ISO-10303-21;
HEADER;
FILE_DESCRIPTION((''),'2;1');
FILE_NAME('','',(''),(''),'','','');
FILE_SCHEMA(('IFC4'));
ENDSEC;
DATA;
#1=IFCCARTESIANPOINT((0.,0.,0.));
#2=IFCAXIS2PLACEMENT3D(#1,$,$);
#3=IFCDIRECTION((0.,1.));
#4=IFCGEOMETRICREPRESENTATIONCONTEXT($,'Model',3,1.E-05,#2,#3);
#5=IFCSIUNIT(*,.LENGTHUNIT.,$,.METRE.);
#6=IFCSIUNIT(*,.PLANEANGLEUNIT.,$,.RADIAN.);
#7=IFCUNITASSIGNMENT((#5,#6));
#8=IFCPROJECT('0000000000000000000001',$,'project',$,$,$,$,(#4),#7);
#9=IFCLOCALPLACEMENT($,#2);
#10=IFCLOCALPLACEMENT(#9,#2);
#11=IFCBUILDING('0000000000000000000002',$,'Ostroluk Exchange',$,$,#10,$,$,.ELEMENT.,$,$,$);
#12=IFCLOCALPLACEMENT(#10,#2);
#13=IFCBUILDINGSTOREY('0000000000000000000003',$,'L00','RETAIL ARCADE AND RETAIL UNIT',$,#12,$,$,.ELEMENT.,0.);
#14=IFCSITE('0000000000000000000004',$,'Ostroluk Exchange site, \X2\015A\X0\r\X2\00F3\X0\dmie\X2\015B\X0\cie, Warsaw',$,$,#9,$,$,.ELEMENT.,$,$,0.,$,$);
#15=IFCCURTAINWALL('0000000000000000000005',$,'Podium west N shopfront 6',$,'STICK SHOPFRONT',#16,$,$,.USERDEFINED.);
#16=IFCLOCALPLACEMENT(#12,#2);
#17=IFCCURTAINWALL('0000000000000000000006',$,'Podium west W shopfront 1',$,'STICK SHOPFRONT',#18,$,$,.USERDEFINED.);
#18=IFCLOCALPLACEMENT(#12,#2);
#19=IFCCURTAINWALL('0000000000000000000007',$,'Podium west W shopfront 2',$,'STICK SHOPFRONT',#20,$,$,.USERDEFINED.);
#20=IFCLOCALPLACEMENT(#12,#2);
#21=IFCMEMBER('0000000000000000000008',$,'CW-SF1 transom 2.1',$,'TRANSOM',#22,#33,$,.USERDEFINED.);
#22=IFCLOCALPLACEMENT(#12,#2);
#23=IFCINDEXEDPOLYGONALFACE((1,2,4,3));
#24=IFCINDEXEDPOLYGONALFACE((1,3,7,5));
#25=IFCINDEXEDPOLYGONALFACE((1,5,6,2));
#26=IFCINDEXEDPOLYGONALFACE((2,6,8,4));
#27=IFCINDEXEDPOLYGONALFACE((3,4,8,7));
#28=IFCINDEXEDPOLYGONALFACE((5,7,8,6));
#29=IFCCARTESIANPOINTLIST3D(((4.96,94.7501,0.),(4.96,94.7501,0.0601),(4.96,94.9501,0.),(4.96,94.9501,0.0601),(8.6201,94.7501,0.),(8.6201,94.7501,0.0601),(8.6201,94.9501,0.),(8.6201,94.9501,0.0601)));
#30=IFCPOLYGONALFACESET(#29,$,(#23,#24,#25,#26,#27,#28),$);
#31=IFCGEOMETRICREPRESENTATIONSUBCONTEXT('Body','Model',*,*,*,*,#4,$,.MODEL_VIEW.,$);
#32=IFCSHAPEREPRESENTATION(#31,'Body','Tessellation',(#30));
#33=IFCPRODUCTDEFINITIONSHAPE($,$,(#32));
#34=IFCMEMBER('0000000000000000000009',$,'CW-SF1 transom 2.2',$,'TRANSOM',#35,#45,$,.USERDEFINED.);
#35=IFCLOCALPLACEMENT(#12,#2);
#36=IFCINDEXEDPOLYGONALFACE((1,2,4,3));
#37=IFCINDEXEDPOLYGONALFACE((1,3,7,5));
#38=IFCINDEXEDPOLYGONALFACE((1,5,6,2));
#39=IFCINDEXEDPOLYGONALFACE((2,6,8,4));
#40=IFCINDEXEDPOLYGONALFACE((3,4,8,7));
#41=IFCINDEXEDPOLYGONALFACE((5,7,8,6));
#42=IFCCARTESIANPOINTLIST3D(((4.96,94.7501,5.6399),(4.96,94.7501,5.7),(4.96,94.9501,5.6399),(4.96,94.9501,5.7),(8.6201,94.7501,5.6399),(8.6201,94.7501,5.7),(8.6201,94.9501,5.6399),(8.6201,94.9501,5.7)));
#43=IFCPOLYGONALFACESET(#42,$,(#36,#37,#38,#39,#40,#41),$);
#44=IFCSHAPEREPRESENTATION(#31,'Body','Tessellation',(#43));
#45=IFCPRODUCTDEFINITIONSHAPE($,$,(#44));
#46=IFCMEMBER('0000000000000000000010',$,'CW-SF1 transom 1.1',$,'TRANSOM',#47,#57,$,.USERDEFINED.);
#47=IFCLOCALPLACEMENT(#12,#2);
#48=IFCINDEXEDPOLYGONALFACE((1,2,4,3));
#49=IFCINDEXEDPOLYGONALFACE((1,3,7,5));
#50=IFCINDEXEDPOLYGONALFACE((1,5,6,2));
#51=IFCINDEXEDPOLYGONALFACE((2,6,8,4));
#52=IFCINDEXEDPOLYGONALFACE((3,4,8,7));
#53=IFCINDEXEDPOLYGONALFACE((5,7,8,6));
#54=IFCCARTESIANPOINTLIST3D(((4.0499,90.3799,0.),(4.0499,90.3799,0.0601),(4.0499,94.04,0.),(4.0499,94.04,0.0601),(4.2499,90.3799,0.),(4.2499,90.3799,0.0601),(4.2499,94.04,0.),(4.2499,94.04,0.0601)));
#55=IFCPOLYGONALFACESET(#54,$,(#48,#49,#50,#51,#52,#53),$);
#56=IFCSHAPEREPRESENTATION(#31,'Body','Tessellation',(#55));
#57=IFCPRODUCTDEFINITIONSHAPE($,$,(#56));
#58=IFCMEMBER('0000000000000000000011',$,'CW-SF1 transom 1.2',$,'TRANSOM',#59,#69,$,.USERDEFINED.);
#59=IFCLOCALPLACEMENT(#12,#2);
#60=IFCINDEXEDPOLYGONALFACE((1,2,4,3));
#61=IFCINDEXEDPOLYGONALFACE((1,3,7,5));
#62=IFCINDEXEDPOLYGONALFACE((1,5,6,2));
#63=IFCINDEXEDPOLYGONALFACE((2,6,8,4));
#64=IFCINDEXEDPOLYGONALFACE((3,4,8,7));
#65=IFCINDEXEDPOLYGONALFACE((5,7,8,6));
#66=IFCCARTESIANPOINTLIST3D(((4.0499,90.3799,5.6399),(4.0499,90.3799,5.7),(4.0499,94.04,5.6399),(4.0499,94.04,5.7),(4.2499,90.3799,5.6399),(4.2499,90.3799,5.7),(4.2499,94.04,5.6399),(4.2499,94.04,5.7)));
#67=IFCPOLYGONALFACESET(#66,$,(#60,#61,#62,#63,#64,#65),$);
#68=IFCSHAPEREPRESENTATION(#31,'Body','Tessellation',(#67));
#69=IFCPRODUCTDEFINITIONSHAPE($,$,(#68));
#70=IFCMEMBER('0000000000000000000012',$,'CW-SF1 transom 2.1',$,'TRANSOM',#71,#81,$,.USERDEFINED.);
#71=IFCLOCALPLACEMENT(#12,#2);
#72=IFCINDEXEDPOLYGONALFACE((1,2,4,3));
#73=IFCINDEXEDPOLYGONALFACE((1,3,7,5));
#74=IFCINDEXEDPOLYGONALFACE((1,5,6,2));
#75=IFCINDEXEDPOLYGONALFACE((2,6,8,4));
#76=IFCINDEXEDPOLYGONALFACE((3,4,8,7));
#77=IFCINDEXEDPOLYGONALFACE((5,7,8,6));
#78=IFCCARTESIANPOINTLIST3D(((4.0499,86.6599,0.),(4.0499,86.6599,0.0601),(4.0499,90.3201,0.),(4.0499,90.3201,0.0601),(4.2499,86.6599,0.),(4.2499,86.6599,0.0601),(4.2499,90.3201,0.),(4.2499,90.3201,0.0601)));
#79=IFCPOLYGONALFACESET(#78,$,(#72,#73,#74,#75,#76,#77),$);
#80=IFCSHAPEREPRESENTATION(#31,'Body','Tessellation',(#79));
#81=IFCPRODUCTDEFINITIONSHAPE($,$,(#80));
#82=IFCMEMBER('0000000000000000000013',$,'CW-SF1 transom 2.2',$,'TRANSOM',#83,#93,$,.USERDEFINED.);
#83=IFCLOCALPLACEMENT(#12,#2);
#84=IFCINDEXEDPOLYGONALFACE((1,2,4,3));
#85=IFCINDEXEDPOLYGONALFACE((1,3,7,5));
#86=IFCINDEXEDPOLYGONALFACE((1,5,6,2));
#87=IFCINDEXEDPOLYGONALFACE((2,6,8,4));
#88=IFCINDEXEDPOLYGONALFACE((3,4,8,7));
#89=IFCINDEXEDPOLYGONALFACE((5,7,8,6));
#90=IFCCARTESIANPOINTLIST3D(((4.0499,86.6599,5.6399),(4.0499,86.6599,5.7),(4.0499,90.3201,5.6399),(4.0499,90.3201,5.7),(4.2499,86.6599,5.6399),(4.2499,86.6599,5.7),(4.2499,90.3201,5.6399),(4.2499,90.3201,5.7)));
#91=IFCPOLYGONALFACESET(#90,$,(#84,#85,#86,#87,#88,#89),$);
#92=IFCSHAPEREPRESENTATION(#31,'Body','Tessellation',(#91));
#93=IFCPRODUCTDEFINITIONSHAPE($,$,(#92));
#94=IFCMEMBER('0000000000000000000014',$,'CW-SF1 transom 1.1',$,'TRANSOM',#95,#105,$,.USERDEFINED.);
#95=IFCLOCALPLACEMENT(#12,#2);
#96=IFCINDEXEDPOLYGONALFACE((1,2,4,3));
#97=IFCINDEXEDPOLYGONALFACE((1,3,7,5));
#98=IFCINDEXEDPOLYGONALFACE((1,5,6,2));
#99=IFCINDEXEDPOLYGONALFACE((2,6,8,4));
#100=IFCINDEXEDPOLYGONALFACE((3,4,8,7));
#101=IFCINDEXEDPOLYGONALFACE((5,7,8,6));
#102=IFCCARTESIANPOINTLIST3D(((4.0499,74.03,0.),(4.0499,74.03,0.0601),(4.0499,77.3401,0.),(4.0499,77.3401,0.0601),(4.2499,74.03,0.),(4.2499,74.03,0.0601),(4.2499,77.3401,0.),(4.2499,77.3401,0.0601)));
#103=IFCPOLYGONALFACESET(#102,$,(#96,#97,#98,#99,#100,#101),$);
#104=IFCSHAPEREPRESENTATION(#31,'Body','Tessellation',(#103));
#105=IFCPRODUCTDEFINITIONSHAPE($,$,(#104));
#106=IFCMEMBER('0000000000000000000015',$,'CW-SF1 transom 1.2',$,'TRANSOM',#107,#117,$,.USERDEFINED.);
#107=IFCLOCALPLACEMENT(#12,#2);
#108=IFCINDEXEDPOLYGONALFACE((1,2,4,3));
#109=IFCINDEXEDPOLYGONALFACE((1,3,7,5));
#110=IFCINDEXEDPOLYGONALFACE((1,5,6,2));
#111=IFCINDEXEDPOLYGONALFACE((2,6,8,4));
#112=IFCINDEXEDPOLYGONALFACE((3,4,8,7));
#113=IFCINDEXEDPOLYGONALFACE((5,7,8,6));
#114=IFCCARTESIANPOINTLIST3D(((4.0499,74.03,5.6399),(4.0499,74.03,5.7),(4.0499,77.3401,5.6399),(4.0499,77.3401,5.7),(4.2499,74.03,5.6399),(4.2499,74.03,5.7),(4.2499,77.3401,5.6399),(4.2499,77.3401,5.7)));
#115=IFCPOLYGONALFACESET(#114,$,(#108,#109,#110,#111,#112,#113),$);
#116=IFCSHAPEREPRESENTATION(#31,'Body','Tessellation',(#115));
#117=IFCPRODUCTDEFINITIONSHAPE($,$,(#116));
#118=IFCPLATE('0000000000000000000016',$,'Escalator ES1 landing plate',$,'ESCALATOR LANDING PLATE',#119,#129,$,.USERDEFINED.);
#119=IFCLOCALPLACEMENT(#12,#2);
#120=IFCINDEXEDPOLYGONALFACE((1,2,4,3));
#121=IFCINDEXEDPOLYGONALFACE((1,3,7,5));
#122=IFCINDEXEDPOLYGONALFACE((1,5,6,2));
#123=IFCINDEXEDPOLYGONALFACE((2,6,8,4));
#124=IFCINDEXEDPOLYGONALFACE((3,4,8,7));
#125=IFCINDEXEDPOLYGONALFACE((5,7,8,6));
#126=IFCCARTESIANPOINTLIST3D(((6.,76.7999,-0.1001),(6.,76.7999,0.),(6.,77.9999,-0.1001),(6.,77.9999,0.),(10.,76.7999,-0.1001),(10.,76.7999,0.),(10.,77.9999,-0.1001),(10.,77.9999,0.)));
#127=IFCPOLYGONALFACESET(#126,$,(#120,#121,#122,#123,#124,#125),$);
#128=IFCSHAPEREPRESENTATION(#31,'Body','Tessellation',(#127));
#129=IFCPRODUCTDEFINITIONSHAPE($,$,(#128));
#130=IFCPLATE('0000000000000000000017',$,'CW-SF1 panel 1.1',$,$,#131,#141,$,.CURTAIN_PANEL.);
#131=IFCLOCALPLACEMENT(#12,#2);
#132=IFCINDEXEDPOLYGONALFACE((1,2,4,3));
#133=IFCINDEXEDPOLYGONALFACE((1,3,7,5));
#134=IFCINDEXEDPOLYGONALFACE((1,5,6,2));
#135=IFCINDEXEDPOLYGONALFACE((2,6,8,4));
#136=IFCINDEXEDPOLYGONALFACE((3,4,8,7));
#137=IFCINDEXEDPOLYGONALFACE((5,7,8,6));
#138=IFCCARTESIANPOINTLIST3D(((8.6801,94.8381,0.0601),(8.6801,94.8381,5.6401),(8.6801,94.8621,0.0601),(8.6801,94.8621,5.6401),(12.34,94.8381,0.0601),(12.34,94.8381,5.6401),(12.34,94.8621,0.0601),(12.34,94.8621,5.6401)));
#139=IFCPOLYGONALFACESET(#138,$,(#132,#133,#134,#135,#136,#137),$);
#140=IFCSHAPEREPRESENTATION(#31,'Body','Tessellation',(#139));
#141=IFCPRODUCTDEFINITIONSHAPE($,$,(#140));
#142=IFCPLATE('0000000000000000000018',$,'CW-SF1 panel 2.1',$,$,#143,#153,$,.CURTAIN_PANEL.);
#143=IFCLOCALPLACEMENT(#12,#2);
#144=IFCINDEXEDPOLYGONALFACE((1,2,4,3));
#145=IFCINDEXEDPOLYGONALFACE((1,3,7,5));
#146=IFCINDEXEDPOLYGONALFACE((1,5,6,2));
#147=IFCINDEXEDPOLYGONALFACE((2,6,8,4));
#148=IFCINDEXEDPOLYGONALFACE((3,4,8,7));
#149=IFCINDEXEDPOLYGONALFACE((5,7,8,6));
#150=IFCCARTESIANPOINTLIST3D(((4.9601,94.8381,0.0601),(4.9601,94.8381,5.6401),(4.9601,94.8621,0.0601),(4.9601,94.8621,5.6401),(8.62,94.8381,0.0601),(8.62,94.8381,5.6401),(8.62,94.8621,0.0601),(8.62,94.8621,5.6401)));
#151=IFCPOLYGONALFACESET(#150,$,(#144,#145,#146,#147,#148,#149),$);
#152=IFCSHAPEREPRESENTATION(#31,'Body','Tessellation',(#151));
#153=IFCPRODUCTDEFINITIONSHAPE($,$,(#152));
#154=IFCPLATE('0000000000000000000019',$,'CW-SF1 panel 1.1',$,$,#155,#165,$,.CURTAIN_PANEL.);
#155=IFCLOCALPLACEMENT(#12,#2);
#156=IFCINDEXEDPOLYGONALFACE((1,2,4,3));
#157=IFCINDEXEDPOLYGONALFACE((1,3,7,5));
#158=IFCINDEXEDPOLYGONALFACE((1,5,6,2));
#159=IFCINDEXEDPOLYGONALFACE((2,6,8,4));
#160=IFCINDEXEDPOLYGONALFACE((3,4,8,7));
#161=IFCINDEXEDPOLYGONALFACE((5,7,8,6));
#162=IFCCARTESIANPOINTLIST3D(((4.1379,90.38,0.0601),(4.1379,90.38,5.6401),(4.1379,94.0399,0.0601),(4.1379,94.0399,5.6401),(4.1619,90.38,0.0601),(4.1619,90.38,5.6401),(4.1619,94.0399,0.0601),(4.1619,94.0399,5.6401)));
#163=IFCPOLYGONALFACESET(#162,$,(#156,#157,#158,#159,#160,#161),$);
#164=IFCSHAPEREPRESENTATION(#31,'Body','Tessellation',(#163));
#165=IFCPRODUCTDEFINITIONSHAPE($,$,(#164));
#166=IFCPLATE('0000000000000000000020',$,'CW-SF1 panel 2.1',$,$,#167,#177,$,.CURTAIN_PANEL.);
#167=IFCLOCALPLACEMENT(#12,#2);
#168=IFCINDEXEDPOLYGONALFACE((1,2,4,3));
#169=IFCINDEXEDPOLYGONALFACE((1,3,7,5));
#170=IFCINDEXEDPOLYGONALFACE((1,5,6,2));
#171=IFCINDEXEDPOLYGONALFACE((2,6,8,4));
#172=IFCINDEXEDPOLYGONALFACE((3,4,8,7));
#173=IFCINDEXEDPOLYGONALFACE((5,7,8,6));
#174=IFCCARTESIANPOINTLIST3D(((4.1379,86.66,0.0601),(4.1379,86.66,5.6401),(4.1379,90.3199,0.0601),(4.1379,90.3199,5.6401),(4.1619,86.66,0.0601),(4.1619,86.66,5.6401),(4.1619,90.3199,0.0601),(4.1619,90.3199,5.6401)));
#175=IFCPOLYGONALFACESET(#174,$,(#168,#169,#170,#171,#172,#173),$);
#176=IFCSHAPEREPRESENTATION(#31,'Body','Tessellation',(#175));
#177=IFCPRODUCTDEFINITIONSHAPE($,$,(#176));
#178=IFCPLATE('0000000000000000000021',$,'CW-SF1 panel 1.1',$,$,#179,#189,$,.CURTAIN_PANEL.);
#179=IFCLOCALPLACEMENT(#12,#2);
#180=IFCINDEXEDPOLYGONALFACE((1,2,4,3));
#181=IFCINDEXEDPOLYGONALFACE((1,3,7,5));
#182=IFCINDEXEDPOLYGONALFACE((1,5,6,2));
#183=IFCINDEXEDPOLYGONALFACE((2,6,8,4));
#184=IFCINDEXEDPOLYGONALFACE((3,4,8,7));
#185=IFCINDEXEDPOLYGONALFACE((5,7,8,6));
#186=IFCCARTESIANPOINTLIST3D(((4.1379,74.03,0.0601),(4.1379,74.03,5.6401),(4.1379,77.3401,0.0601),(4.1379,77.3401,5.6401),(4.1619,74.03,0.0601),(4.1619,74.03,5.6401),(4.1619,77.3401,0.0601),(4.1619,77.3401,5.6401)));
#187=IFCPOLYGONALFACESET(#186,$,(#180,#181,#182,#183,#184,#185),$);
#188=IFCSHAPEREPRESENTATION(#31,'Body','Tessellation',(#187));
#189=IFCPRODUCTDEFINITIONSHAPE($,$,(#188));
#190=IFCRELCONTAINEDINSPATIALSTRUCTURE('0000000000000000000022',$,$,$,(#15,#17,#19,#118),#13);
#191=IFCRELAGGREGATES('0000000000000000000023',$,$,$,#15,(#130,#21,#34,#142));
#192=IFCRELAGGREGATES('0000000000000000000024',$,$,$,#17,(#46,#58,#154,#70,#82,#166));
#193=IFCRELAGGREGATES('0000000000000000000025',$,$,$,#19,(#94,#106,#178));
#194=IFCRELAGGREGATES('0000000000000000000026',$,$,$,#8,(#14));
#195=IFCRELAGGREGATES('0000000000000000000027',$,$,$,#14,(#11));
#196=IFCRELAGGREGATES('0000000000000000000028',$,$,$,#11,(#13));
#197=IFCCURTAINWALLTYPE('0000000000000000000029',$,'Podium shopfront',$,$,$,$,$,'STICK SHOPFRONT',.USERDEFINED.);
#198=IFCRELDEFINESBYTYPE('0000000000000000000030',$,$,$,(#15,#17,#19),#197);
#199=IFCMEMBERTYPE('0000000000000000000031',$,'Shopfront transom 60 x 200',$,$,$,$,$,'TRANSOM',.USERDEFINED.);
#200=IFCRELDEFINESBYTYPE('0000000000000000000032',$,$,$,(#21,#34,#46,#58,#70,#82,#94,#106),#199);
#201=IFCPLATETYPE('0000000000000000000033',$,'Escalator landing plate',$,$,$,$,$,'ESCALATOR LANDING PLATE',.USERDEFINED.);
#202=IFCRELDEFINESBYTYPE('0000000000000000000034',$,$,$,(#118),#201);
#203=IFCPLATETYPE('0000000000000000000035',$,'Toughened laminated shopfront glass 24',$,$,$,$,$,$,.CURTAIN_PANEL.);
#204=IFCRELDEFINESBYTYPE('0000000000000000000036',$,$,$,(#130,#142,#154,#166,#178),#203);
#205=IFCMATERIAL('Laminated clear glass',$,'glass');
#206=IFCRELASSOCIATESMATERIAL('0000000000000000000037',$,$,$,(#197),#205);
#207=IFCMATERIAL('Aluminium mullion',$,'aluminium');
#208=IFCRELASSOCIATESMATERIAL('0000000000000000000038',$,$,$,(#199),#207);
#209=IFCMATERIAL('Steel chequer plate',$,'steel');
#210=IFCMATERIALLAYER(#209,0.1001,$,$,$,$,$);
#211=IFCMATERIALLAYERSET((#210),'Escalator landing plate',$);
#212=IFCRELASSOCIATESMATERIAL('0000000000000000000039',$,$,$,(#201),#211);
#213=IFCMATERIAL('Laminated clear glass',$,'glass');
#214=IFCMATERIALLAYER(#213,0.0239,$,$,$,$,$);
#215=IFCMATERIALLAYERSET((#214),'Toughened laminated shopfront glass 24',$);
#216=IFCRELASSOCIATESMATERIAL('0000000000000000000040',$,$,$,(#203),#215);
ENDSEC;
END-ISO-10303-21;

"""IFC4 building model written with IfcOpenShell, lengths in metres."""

from ifc_helpers import new_model, si_unit, direction, frame, origin, origin_2d, place, context, subcontext, project, spatial, rectangle, extrude, material, layer, layer_set, material_profile, profile_set, type_object, element, aggregate, save


model = new_model("IFC4")

# Units and contexts
model_context = context("Model", 3, precision=1e-05, world=origin(), true_north=direction((0.0, 1.0)))
body_context = subcontext(model_context, "Body", "Model", "MODEL_VIEW")
ifc_project = project(units=[si_unit("LENGTHUNIT", "METRE"), si_unit("PLANEANGLEUNIT", "RADIAN")], contexts=[model_context])

# Site, building, storey
site_placement = place(None, origin())
site = spatial("IfcSite", under=ifc_project, at=site_placement, Name="Ostroluk Exchange site, Śródmieście, Warsaw", CompositionType="ELEMENT", RefElevation=0.0)
building_placement = place(site_placement, origin())
building = spatial("IfcBuilding", under=site, at=building_placement, Name="Ostroluk Exchange", CompositionType="ELEMENT")
storey_placement = place(building_placement, origin())
storey = spatial("IfcBuildingStorey", under=building, at=storey_placement, Name="L00", Description="RETAIL ARCADE AND RETAIL UNIT", CompositionType="ELEMENT", Elevation=0.0)

# Curtain walls
ifc_material_1 = material(Name="Laminated clear glass", Category="glass")
curtain_wall_type = type_object("IfcCurtainWallType", Name="Podium shopfront", ElementType="STICK SHOPFRONT", PredefinedType="USERDEFINED", material=ifc_material_1)
curtain_wall_1_placement = place(storey_placement, origin())
curtain_wall_1 = element("IfcCurtainWall", 1, at=curtain_wall_1_placement, inside=storey, type_object=curtain_wall_type, Name="Podium west N shopfront 6", ObjectType="STICK SHOPFRONT", PredefinedType="USERDEFINED")
curtain_wall_2_placement = place(storey_placement, origin())
curtain_wall_2 = element("IfcCurtainWall", 2, at=curtain_wall_2_placement, inside=storey, type_object=curtain_wall_type, Name="Podium west W shopfront 1", ObjectType="STICK SHOPFRONT", PredefinedType="USERDEFINED")
curtain_wall_3_placement = place(storey_placement, origin())
curtain_wall_3 = element("IfcCurtainWall", 3, at=curtain_wall_3_placement, inside=storey, type_object=curtain_wall_type, Name="Podium west W shopfront 2", ObjectType="STICK SHOPFRONT", PredefinedType="USERDEFINED")

# Members
ifc_material_2 = material(Name="Aluminium mullion", Category="aluminium")
ifc_material_profile_1 = material_profile(ifc_material_2, rectangle(XDim=0.2, YDim=0.0601, at=origin_2d()), Name="Shopfront transom 60 x 200")
ifc_profile_set_1 = profile_set([ifc_material_profile_1], Name="Aluminium mullion")
member_type_1 = type_object("IfcMemberType", Name="Shopfront transom 60 x 200", ElementType="TRANSOM", PredefinedType="USERDEFINED", material=ifc_profile_set_1)
member_1_placement = place(storey_placement, frame((8.6201, 94.8501, 0.03), z_axis=(-1.0, 0.0, 0.0), x_axis=(0.0, -1.0, 0.0)))
member_1 = element("IfcMember", 4, at=member_1_placement, type_object=member_type_1, Name="CW-SF1 transom 2.1", ObjectType="TRANSOM", PredefinedType="USERDEFINED", context=body_context, shape_type="SweptSolid", body=[
    extrude(rectangle(XDim=0.2, YDim=0.0601, at=origin_2d()), origin(), (0.0, 0.0, 1.0), 3.6602),
])
member_2_placement = place(storey_placement, frame((8.6201, 94.8501, 5.6699), z_axis=(-1.0, 0.0, 0.0), x_axis=(0.0, -1.0, 0.0)))
member_2 = element("IfcMember", 5, at=member_2_placement, type_object=member_type_1, Name="CW-SF1 transom 2.2", ObjectType="TRANSOM", PredefinedType="USERDEFINED", context=body_context, shape_type="SweptSolid", body=[
    extrude(rectangle(XDim=0.2, YDim=0.0601, at=origin_2d()), origin(), (0.0, 0.0, 1.0), 3.6602),
])
member_3_placement = place(storey_placement, frame((4.1499, 94.04, 0.03), z_axis=(0.0, -1.0, 0.0), x_axis=(1.0, 0.0, 0.0)))
member_3 = element("IfcMember", 6, at=member_3_placement, type_object=member_type_1, Name="CW-SF1 transom 1.1", ObjectType="TRANSOM", PredefinedType="USERDEFINED", context=body_context, shape_type="SweptSolid", body=[
    extrude(rectangle(XDim=0.2, YDim=0.0601, at=origin_2d()), origin(), (0.0, 0.0, 1.0), 3.6602),
])
member_4_placement = place(storey_placement, frame((4.1499, 94.04, 5.6699), z_axis=(0.0, -1.0, 0.0), x_axis=(1.0, 0.0, 0.0)))
member_4 = element("IfcMember", 7, at=member_4_placement, type_object=member_type_1, Name="CW-SF1 transom 1.2", ObjectType="TRANSOM", PredefinedType="USERDEFINED", context=body_context, shape_type="SweptSolid", body=[
    extrude(rectangle(XDim=0.2, YDim=0.0601, at=origin_2d()), origin(), (0.0, 0.0, 1.0), 3.6602),
])
member_5_placement = place(storey_placement, frame((4.1499, 90.3201, 0.03), z_axis=(0.0, -1.0, 0.0), x_axis=(1.0, 0.0, 0.0)))
member_5 = element("IfcMember", 8, at=member_5_placement, type_object=member_type_1, Name="CW-SF1 transom 2.1", ObjectType="TRANSOM", PredefinedType="USERDEFINED", context=body_context, shape_type="SweptSolid", body=[
    extrude(rectangle(XDim=0.2, YDim=0.0601, at=origin_2d()), origin(), (0.0, 0.0, 1.0), 3.6602),
])
member_6_placement = place(storey_placement, frame((4.1499, 90.3201, 5.6699), z_axis=(0.0, -1.0, 0.0), x_axis=(1.0, 0.0, 0.0)))
member_6 = element("IfcMember", 9, at=member_6_placement, type_object=member_type_1, Name="CW-SF1 transom 2.2", ObjectType="TRANSOM", PredefinedType="USERDEFINED", context=body_context, shape_type="SweptSolid", body=[
    extrude(rectangle(XDim=0.2, YDim=0.0601, at=origin_2d()), origin(), (0.0, 0.0, 1.0), 3.6602),
])
member_7_placement = place(storey_placement, frame((4.1499, 77.3401, 0.03), z_axis=(0.0, -1.0, 0.0), x_axis=(1.0, 0.0, 0.0)))
member_7 = element("IfcMember", 10, at=member_7_placement, type_object=member_type_1, Name="CW-SF1 transom 1.1", ObjectType="TRANSOM", PredefinedType="USERDEFINED", context=body_context, shape_type="SweptSolid", body=[
    extrude(rectangle(XDim=0.2, YDim=0.0601, at=origin_2d()), origin(), (0.0, 0.0, 1.0), 3.3101),
])
member_8_placement = place(storey_placement, frame((4.1499, 77.3401, 5.6699), z_axis=(0.0, -1.0, 0.0), x_axis=(1.0, 0.0, 0.0)))
member_8 = element("IfcMember", 11, at=member_8_placement, type_object=member_type_1, Name="CW-SF1 transom 1.2", ObjectType="TRANSOM", PredefinedType="USERDEFINED", context=body_context, shape_type="SweptSolid", body=[
    extrude(rectangle(XDim=0.2, YDim=0.0601, at=origin_2d()), origin(), (0.0, 0.0, 1.0), 3.3101),
])

# Plates
ifc_material_3 = material(Name="Steel chequer plate", Category="steel")
ifc_layer_1 = layer(ifc_material_3, 0.1001)
ifc_layer_set_1 = layer_set([ifc_layer_1], Name="Escalator landing plate")
plate_type_1 = type_object("IfcPlateType", Name="Escalator landing plate", ElementType="ESCALATOR LANDING PLATE", PredefinedType="USERDEFINED", material=ifc_layer_set_1)
plate_1_placement = place(storey_placement, frame((8.0, 77.3999, -0.1001), z_axis=(0.0, 0.0, 1.0), x_axis=(1.0, 0.0, 0.0)))
element("IfcPlate", 12, at=plate_1_placement, inside=storey, type_object=plate_type_1, Name="Escalator ES1 landing plate", ObjectType="ESCALATOR LANDING PLATE", PredefinedType="USERDEFINED", context=body_context, shape_type="SweptSolid", body=[
    extrude(rectangle(XDim=4.0, YDim=1.2, at=origin_2d()), origin(), (0.0, 0.0, 1.0), 0.1001),
])
ifc_material_4 = material(Name="Laminated clear glass", Category="glass")
ifc_layer_2 = layer(ifc_material_4, 0.0239)
ifc_layer_set_2 = layer_set([ifc_layer_2], Name="Toughened laminated shopfront glass 24")
plate_type_2 = type_object("IfcPlateType", Name="Toughened laminated shopfront glass 24", PredefinedType="CURTAIN_PANEL", material=ifc_layer_set_2)
plate_2_placement = place(storey_placement, frame((10.51, 94.8501, 0.0601), z_axis=(0.0, 0.0, 1.0), x_axis=(-1.0, 0.0, 0.0)))
plate_2 = element("IfcPlate", 13, at=plate_2_placement, type_object=plate_type_2, Name="CW-SF1 panel 1.1", PredefinedType="CURTAIN_PANEL", context=body_context, shape_type="SweptSolid", body=[
    extrude(rectangle(XDim=3.6599, YDim=0.0239, at=origin_2d()), origin(), (0.0, 0.0, 1.0), 5.5801),
])
plate_3_placement = place(storey_placement, frame((6.79, 94.8501, 0.0601), z_axis=(0.0, 0.0, 1.0), x_axis=(-1.0, 0.0, 0.0)))
plate_3 = element("IfcPlate", 14, at=plate_3_placement, type_object=plate_type_2, Name="CW-SF1 panel 2.1", PredefinedType="CURTAIN_PANEL", context=body_context, shape_type="SweptSolid", body=[
    extrude(rectangle(XDim=3.6599, YDim=0.0239, at=origin_2d()), origin(), (0.0, 0.0, 1.0), 5.5801),
])
aggregate(curtain_wall_1, [plate_2, member_1, member_2, plate_3])
plate_4_placement = place(storey_placement, frame((4.1499, 92.21, 0.0601), z_axis=(0.0, 0.0, 1.0), x_axis=(0.0, -1.0, 0.0)))
plate_4 = element("IfcPlate", 15, at=plate_4_placement, type_object=plate_type_2, Name="CW-SF1 panel 1.1", PredefinedType="CURTAIN_PANEL", context=body_context, shape_type="SweptSolid", body=[
    extrude(rectangle(XDim=3.6599, YDim=0.0239, at=origin_2d()), origin(), (0.0, 0.0, 1.0), 5.5801),
])
plate_5_placement = place(storey_placement, frame((4.1499, 88.49, 0.0601), z_axis=(0.0, 0.0, 1.0), x_axis=(0.0, -1.0, 0.0)))
plate_5 = element("IfcPlate", 16, at=plate_5_placement, type_object=plate_type_2, Name="CW-SF1 panel 2.1", PredefinedType="CURTAIN_PANEL", context=body_context, shape_type="SweptSolid", body=[
    extrude(rectangle(XDim=3.6599, YDim=0.0239, at=origin_2d()), origin(), (0.0, 0.0, 1.0), 5.5801),
])
aggregate(curtain_wall_2, [member_3, member_4, plate_4, member_5, member_6, plate_5])
plate_6_placement = place(storey_placement, frame((4.1499, 75.6851, 0.0601), z_axis=(0.0, 0.0, 1.0), x_axis=(0.0, -1.0, 0.0)))
plate_6 = element("IfcPlate", 17, at=plate_6_placement, type_object=plate_type_2, Name="CW-SF1 panel 1.1", PredefinedType="CURTAIN_PANEL", context=body_context, shape_type="SweptSolid", body=[
    extrude(rectangle(XDim=3.3101, YDim=0.0239, at=origin_2d()), origin(), (0.0, 0.0, 1.0), 5.5801),
])
aggregate(curtain_wall_3, [member_7, member_8, plate_6])

save(model, "model.ifc")
